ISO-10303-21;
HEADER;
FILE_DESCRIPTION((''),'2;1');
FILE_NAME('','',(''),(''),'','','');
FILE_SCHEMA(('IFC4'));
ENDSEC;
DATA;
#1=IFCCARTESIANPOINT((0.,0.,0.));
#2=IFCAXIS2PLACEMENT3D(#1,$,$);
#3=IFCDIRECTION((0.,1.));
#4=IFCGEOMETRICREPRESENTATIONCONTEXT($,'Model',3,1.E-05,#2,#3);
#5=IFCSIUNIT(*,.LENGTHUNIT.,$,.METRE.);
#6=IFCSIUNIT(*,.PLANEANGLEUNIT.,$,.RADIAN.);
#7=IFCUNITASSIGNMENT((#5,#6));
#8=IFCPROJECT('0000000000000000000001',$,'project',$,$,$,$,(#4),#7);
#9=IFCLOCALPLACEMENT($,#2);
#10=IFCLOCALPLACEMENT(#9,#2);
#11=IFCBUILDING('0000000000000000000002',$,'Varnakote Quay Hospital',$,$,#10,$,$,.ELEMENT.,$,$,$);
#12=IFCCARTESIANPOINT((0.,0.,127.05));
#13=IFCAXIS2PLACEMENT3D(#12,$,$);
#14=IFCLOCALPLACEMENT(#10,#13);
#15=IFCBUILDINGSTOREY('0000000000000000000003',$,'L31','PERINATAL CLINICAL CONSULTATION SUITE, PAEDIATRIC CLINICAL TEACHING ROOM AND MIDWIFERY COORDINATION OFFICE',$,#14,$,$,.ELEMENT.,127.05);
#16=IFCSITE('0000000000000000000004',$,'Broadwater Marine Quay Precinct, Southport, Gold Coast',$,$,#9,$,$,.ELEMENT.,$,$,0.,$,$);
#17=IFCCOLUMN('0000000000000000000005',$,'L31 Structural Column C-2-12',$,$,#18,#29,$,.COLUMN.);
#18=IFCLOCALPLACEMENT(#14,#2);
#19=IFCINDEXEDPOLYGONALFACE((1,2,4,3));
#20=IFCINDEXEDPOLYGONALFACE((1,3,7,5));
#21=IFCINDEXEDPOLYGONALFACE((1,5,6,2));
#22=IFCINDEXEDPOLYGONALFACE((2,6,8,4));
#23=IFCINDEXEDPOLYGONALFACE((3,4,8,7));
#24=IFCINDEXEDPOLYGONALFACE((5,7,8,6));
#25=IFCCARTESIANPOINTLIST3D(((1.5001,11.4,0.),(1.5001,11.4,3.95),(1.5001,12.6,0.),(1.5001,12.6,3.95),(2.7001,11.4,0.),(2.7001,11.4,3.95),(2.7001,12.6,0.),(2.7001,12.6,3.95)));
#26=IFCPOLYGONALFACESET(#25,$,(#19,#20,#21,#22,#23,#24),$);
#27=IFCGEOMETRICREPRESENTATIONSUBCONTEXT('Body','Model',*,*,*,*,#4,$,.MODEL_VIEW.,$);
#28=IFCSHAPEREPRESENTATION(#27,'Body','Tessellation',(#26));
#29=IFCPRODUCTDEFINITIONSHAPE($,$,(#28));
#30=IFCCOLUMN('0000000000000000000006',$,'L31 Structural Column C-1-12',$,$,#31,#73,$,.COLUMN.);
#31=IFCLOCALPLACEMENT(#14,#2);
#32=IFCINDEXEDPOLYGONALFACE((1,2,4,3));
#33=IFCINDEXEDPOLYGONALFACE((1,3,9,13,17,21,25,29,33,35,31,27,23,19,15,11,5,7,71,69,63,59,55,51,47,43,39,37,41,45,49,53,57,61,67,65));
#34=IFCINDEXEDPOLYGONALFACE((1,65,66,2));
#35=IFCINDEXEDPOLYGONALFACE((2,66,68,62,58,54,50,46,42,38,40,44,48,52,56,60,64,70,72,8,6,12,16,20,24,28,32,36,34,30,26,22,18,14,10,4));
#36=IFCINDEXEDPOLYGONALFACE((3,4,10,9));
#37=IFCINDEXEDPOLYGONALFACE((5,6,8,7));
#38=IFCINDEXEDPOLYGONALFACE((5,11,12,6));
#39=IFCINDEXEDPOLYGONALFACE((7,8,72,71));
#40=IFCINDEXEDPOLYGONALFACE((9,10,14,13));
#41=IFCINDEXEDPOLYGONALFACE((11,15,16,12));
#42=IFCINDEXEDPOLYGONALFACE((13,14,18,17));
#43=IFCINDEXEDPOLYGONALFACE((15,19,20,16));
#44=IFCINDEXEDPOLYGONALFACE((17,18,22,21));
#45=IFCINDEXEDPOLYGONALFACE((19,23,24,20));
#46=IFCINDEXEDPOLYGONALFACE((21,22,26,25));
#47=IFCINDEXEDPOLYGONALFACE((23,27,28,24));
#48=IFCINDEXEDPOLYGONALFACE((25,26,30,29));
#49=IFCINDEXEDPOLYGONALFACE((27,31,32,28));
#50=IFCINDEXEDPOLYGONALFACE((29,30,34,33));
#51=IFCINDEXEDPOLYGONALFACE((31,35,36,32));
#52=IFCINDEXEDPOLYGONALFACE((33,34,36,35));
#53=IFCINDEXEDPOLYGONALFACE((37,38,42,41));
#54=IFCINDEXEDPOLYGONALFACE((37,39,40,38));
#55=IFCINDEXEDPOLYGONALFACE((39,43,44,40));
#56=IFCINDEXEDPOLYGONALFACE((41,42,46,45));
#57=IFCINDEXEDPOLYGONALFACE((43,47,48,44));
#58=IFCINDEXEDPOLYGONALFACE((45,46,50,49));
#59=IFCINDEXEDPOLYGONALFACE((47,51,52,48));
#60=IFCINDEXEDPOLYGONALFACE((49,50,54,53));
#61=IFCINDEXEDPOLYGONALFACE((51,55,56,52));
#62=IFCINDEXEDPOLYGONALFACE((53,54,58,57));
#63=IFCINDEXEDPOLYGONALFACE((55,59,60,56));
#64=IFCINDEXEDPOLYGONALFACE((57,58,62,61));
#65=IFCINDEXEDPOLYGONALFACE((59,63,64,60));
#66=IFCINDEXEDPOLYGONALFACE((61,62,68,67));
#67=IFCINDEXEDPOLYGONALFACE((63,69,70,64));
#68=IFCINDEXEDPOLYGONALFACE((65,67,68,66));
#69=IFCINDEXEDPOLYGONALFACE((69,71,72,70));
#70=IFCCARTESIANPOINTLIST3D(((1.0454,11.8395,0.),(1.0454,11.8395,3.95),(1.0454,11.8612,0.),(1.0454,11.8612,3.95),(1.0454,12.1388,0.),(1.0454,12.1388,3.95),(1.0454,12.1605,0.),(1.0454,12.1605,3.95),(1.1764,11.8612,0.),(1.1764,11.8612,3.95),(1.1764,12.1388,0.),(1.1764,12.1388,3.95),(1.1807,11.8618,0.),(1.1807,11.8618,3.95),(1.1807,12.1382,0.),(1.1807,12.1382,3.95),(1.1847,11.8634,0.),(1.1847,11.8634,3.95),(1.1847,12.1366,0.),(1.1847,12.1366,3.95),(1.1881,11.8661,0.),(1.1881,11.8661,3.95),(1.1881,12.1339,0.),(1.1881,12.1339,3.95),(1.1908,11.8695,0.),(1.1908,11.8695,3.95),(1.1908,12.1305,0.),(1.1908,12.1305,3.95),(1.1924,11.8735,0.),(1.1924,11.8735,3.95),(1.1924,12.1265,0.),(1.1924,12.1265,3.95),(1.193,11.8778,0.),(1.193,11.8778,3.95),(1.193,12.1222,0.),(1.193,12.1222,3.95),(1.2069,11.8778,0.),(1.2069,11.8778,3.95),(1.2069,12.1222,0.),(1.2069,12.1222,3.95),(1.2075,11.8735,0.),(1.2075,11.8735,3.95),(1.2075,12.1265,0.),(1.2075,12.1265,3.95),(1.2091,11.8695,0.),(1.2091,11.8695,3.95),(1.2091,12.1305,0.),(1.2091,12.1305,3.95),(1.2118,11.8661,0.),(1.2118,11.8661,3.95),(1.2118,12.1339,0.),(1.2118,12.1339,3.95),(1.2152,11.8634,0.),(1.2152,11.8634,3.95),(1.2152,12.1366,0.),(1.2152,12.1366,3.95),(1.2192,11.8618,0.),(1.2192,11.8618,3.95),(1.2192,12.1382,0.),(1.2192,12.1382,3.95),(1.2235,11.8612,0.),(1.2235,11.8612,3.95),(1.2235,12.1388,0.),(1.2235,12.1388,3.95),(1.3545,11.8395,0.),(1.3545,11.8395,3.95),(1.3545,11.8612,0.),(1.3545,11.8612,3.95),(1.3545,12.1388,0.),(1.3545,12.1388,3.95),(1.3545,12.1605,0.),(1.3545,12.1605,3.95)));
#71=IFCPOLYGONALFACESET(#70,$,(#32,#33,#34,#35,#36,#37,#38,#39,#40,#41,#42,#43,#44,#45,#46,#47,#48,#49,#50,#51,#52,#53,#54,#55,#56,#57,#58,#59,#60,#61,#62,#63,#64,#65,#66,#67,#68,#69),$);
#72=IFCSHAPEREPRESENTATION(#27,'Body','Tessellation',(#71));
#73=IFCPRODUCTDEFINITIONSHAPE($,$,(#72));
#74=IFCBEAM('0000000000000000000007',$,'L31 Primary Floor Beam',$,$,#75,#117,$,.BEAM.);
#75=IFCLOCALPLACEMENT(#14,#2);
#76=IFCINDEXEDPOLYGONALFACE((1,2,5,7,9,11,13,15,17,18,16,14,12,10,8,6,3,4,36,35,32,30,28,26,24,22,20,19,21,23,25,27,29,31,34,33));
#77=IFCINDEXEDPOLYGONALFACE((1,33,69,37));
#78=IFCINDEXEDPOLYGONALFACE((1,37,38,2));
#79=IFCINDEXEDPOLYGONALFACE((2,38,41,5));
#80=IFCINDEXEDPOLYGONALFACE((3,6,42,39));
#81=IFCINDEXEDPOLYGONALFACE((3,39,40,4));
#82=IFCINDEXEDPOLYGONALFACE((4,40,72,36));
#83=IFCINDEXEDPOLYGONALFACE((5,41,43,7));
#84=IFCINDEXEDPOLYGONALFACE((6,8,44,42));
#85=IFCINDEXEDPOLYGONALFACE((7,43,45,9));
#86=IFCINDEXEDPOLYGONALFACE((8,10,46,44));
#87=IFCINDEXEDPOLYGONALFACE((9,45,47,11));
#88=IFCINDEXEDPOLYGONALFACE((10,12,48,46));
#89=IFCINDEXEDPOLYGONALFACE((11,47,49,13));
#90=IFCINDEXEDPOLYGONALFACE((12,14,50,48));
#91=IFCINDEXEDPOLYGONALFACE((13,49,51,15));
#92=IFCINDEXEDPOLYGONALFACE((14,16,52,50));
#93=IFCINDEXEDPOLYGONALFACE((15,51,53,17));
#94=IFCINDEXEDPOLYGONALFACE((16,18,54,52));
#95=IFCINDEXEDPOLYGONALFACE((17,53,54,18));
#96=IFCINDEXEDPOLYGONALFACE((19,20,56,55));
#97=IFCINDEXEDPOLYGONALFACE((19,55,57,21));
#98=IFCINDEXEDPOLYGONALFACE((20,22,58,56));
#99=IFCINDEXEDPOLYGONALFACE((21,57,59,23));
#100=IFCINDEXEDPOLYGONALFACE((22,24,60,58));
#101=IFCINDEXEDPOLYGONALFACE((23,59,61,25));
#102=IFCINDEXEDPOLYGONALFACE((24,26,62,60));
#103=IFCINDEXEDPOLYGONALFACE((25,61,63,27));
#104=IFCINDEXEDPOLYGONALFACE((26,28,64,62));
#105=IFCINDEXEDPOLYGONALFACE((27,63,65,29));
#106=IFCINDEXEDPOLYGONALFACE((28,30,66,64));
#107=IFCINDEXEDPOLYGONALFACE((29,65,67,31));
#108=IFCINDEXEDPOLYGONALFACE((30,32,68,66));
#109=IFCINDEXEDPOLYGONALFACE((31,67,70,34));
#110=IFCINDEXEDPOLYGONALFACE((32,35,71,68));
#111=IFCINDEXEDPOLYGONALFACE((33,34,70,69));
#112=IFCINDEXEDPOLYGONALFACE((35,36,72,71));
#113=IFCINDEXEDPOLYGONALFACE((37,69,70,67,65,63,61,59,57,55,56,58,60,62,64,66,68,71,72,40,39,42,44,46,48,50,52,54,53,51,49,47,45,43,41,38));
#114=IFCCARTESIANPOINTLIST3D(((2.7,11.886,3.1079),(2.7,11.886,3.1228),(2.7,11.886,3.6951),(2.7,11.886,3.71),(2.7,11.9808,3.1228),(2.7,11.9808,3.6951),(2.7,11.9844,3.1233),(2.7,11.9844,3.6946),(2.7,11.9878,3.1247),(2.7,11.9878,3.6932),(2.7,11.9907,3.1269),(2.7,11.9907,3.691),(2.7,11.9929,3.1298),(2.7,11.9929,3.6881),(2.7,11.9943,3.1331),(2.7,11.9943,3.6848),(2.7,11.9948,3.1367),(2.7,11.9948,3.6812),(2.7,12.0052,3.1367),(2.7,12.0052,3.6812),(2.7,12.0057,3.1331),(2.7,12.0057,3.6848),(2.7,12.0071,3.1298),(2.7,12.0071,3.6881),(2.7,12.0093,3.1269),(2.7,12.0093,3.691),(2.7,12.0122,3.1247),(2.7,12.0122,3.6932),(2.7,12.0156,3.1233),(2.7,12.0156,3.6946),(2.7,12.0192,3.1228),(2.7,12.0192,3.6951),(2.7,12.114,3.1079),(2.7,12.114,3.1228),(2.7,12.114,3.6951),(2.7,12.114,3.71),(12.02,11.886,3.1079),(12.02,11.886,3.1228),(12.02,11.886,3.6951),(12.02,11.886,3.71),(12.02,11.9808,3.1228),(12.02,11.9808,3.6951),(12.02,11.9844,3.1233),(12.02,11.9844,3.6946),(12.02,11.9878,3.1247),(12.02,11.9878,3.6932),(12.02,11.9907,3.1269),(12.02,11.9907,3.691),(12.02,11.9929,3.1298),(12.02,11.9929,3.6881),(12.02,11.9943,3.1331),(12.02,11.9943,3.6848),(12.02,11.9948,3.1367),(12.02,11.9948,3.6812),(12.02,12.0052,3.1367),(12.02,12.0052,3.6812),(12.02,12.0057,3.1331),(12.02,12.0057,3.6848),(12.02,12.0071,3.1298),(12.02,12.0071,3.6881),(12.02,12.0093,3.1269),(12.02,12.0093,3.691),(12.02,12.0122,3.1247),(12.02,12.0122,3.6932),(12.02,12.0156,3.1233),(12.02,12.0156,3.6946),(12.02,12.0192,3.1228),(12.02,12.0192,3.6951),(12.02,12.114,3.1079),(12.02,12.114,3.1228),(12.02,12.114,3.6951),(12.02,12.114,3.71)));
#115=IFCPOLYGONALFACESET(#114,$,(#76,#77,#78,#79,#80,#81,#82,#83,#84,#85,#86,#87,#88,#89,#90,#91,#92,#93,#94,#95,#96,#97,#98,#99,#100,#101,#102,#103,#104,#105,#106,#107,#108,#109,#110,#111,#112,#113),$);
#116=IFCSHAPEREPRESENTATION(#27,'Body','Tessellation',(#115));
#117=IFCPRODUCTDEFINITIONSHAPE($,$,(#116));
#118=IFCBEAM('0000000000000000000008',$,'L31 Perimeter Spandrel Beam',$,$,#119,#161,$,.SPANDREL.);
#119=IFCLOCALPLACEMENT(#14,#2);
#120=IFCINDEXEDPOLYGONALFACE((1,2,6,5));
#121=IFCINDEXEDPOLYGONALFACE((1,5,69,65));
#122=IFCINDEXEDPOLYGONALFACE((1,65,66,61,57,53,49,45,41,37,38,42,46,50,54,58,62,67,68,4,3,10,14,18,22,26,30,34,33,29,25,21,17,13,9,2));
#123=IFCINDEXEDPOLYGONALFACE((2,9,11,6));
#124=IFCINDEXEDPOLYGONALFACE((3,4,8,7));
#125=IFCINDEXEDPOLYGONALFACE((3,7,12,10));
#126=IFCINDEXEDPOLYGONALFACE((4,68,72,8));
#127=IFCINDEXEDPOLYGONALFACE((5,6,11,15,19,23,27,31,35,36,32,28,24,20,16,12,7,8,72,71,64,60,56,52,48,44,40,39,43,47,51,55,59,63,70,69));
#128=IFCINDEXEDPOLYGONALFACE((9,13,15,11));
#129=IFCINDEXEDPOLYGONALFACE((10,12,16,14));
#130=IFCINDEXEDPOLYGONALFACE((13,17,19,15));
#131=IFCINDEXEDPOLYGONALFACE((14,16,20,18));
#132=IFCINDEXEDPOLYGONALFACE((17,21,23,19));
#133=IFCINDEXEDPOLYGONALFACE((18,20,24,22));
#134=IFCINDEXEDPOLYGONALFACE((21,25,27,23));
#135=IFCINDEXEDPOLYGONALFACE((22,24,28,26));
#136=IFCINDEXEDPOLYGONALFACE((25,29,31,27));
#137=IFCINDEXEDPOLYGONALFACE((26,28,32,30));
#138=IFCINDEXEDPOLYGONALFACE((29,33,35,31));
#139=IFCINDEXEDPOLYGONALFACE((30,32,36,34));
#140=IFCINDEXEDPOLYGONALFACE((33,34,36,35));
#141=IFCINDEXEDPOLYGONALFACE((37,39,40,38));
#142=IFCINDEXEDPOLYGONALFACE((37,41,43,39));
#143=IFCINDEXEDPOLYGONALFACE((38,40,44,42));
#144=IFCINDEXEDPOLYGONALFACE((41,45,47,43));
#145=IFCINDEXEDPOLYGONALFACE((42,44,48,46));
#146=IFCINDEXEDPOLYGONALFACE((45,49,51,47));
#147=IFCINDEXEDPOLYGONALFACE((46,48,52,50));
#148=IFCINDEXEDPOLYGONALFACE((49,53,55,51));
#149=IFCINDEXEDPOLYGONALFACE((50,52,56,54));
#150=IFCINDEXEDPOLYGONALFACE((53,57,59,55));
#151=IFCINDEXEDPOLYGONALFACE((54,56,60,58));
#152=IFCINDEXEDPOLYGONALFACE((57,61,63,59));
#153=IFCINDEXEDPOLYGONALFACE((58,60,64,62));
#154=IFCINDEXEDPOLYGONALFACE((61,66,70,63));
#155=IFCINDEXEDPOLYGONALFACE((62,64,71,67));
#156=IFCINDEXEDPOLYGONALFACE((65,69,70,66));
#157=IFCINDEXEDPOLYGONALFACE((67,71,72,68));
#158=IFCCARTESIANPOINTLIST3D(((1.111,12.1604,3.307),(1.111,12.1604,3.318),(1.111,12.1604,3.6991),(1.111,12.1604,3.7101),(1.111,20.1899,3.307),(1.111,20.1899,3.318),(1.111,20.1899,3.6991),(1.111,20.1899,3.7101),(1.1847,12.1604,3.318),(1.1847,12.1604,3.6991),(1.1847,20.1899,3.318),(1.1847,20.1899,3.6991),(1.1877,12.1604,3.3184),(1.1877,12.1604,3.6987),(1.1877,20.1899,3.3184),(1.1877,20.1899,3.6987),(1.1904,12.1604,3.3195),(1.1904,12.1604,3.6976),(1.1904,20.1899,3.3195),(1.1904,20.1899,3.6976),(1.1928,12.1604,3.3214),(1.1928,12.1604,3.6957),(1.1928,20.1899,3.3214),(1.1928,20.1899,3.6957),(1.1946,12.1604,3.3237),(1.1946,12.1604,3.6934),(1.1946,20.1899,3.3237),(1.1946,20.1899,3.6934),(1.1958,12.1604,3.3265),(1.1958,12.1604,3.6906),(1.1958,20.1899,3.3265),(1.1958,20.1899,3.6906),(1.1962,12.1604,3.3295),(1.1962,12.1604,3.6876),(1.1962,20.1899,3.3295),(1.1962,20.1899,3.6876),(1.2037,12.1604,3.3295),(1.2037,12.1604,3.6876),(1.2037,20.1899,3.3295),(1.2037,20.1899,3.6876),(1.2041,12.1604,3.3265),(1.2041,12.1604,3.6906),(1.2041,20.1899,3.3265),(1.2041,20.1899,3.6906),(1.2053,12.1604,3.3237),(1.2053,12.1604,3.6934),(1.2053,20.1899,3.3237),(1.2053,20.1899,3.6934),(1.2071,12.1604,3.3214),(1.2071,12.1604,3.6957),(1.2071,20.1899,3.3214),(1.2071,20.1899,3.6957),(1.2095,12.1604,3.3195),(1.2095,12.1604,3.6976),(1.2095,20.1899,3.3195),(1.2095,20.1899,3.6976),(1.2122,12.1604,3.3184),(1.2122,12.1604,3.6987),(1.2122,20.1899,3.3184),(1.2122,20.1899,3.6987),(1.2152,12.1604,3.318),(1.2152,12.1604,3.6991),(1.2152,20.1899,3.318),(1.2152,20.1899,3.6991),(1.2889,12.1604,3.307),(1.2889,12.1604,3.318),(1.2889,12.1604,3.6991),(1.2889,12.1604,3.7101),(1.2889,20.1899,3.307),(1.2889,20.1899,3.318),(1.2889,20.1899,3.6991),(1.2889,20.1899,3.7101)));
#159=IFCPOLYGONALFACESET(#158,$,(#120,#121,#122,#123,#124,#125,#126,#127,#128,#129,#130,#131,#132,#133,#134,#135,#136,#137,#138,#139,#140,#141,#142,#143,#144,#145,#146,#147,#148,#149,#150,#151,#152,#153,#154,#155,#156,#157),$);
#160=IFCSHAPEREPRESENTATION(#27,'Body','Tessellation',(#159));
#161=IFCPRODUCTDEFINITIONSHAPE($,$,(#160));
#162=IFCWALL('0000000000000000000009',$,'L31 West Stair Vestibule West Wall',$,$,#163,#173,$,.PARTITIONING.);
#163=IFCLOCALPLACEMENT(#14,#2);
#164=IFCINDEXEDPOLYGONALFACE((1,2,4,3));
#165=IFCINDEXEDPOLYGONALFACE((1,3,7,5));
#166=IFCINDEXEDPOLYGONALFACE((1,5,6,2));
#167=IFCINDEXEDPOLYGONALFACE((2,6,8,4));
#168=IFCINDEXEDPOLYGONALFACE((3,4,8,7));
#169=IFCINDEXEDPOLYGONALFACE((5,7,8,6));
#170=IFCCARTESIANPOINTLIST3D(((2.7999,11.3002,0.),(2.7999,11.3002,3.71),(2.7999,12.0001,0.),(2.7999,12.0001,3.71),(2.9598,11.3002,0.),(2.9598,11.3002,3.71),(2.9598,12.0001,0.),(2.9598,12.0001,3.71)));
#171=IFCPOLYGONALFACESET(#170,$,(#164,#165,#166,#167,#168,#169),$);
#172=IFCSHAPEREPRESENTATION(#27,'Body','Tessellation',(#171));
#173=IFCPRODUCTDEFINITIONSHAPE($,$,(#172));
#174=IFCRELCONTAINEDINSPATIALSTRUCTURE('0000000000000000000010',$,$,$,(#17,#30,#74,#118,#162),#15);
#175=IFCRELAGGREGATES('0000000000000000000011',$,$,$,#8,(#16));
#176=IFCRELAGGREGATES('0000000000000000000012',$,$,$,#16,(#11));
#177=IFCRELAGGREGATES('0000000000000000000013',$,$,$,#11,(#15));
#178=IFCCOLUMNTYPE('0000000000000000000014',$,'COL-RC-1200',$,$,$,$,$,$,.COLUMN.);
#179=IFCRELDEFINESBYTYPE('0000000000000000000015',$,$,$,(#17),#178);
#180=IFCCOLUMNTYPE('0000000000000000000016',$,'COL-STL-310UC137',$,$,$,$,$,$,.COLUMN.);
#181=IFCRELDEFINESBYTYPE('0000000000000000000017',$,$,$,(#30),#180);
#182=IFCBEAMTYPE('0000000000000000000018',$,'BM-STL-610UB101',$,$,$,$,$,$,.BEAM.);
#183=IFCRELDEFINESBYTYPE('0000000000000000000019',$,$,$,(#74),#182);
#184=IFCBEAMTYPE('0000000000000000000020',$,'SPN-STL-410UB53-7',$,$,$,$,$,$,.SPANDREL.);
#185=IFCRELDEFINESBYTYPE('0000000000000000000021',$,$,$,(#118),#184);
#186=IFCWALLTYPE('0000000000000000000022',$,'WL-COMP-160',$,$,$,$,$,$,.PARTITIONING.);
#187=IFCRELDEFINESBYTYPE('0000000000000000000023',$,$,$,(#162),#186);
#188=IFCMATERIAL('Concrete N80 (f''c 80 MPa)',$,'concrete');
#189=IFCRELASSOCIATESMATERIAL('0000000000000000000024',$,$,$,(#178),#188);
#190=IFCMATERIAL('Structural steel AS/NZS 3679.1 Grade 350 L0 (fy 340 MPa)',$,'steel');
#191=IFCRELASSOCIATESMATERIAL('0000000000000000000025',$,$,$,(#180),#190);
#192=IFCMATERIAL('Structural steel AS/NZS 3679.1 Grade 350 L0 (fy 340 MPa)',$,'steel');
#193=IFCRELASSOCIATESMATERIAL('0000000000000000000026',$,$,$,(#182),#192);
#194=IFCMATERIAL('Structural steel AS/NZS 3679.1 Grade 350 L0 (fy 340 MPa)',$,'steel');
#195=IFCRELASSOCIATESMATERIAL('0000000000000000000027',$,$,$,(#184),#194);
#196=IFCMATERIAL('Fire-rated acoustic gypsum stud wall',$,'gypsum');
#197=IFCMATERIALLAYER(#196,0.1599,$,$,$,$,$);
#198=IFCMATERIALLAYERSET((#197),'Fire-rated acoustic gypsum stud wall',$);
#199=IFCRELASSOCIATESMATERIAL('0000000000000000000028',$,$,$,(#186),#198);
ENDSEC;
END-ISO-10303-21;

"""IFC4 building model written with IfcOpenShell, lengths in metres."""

from ifc_helpers import new_model, si_unit, direction, frame, frame_2d, origin, origin_2d, place, context, subcontext, project, spatial, rectangle, i_section, extrude, material, layer, layer_set, material_profile, profile_set, type_object, element, save


model = new_model("IFC4")

# Units and contexts
model_context = context("Model", 3, precision=1e-05, world=origin(), true_north=direction((0.0, 1.0)))
body_context = subcontext(model_context, "Body", "Model", "MODEL_VIEW")
ifc_project = project(units=[si_unit("LENGTHUNIT", "METRE"), si_unit("PLANEANGLEUNIT", "RADIAN")], contexts=[model_context])

# Site, building, storey
site_placement = place(None, origin())
site = spatial("IfcSite", under=ifc_project, at=site_placement, Name="Broadwater Marine Quay Precinct, Southport, Gold Coast", CompositionType="ELEMENT", RefElevation=0.0)
building_placement = place(site_placement, origin())
building = spatial("IfcBuilding", under=site, at=building_placement, Name="Varnakote Quay Hospital", CompositionType="ELEMENT")
storey_placement = place(building_placement, frame((0.0, 0.0, 127.05)))
storey = spatial("IfcBuildingStorey", under=building, at=storey_placement, Name="L31", Description="PERINATAL CLINICAL CONSULTATION SUITE, PAEDIATRIC CLINICAL TEACHING ROOM AND MIDWIFERY COORDINATION OFFICE", CompositionType="ELEMENT", Elevation=127.05)

# Columns
ifc_material_1 = material(Name="Concrete N80 (f'c 80 MPa)", Category="concrete")
ifc_material_profile_1 = material_profile(ifc_material_1, rectangle(XDim=1.2, YDim=1.2, at=origin_2d()), Name="RC-COL-1200x1200")
ifc_profile_set_1 = profile_set([ifc_material_profile_1], Name="Concrete N80 (f'c 80 MPa)")
column_type_1 = type_object("IfcColumnType", Name="COL-RC-1200", PredefinedType="COLUMN", material=ifc_profile_set_1)
column_1_placement = place(storey_placement, frame((2.1001, 12.0, 0.0), z_axis=(0.0, 0.0, 1.0), x_axis=(1.0, 0.0, 0.0)))
element("IfcColumn", 1, at=column_1_placement, inside=storey, type_object=column_type_1, Name="L31 Structural Column C-2-12", PredefinedType="COLUMN", context=body_context, shape_type="SweptSolid", body=[
    extrude(rectangle(XDim=1.2, YDim=1.2, at=origin_2d()), origin(), (0.0, 0.0, 1.0), 3.95),
])
ifc_material_2 = material(Name="Structural steel AS/NZS 3679.1 Grade 350 L0 (fy 340 MPa)", Category="steel")
ifc_material_profile_2 = material_profile(ifc_material_2, i_section(OverallWidth=0.3091, OverallDepth=0.321, WebThickness=0.0139, FlangeThickness=0.0217, FilletRadius=0.0166, at=origin_2d()), Name="310UC137")
ifc_profile_set_2 = profile_set([ifc_material_profile_2], Name="Structural steel AS/NZS 3679.1 Grade 350 L0 (fy 340 MPa)")
column_type_2 = type_object("IfcColumnType", Name="COL-STL-310UC137", PredefinedType="COLUMN", material=ifc_profile_set_2)
column_2_placement = place(storey_placement, frame((1.2, 12.0, 0.0), z_axis=(0.0, 0.0, 1.0), x_axis=(1.0, 0.0, 0.0)))
element("IfcColumn", 2, at=column_2_placement, inside=storey, type_object=column_type_2, Name="L31 Structural Column C-1-12", PredefinedType="COLUMN", context=body_context, shape_type="SweptSolid", body=[
    extrude(i_section(OverallWidth=0.3091, OverallDepth=0.321, WebThickness=0.0139, FlangeThickness=0.0217, FilletRadius=0.0166, at=origin_2d()), origin(), (0.0, 0.0, 1.0), 3.95),
])

# Beams
ifc_material_3 = material(Name="Structural steel AS/NZS 3679.1 Grade 350 L0 (fy 340 MPa)", Category="steel")
ifc_material_profile_3 = material_profile(ifc_material_3, i_section(OverallWidth=0.228, OverallDepth=0.6021, WebThickness=0.0105, FlangeThickness=0.0149, FilletRadius=0.0139, at=origin_2d()), Name="610UB101")
ifc_profile_set_3 = profile_set([ifc_material_profile_3], Name="Structural steel AS/NZS 3679.1 Grade 350 L0 (fy 340 MPa)")
beam_type_1 = type_object("IfcBeamType", Name="BM-STL-610UB101", PredefinedType="BEAM", material=ifc_profile_set_3)
beam_1_placement = place(storey_placement, frame((2.7, 12.0, 3.4089), z_axis=(1.0, 0.0, 0.0), x_axis=(0.0, 1.0, 0.0)))
element("IfcBeam", 3, at=beam_1_placement, inside=storey, type_object=beam_type_1, Name="L31 Primary Floor Beam", PredefinedType="BEAM", context=body_context, shape_type="SweptSolid", body=[
    extrude(i_section(OverallWidth=0.228, OverallDepth=0.6021, WebThickness=0.0105, FlangeThickness=0.0149, FilletRadius=0.0139, at=origin_2d()), origin(), (0.0, 0.0, 1.0), 9.3201),
])
ifc_material_4 = material(Name="Structural steel AS/NZS 3679.1 Grade 350 L0 (fy 340 MPa)", Category="steel")
ifc_material_profile_4 = material_profile(ifc_material_4, i_section(OverallWidth=0.178, OverallDepth=0.4031, WebThickness=0.0076, FlangeThickness=0.011, FilletRadius=0.0115, at=origin_2d()), Name="410UB53.7")
ifc_profile_set_4 = profile_set([ifc_material_profile_4], Name="Structural steel AS/NZS 3679.1 Grade 350 L0 (fy 340 MPa)")
beam_type_2 = type_object("IfcBeamType", Name="SPN-STL-410UB53-7", PredefinedType="SPANDREL", material=ifc_profile_set_4)
beam_2_placement = place(storey_placement, frame((1.2, 12.1604, 3.5085), z_axis=(0.0, 1.0, 0.0), x_axis=(-1.0, 0.0, 0.0)))
element("IfcBeam", 4, at=beam_2_placement, inside=storey, type_object=beam_type_2, Name="L31 Perimeter Spandrel Beam", PredefinedType="SPANDREL", context=body_context, shape_type="SweptSolid", body=[
    extrude(i_section(OverallWidth=0.178, OverallDepth=0.4031, WebThickness=0.0076, FlangeThickness=0.011, FilletRadius=0.0115, at=origin_2d()), origin(), (0.0, 0.0, 1.0), 8.0295),
])

# Wall
ifc_material_5 = material(Name="Fire-rated acoustic gypsum stud wall", Category="gypsum")
ifc_layer_1 = layer(ifc_material_5, 0.1599)
ifc_layer_set_1 = layer_set([ifc_layer_1], Name="Fire-rated acoustic gypsum stud wall")
wall_type_1 = type_object("IfcWallType", Name="WL-COMP-160", PredefinedType="PARTITIONING", material=ifc_layer_set_1)
wall_1_placement = place(storey_placement, frame((2.8799, 11.3, 0.0), z_axis=(0.0, 0.0, 1.0), x_axis=(0.0, 1.0, 0.0)))
element("IfcWall", 5, at=wall_1_placement, inside=storey, type_object=wall_type_1, Name="L31 West Stair Vestibule West Wall", PredefinedType="PARTITIONING", context=body_context, shape_type="SweptSolid", body=[
    extrude(rectangle(XDim=0.7, YDim=0.1599, at=frame_2d((0.3501, 0.0))), origin(), (0.0, 0.0, 1.0), 3.71),
])

save(model, "model.ifc")
